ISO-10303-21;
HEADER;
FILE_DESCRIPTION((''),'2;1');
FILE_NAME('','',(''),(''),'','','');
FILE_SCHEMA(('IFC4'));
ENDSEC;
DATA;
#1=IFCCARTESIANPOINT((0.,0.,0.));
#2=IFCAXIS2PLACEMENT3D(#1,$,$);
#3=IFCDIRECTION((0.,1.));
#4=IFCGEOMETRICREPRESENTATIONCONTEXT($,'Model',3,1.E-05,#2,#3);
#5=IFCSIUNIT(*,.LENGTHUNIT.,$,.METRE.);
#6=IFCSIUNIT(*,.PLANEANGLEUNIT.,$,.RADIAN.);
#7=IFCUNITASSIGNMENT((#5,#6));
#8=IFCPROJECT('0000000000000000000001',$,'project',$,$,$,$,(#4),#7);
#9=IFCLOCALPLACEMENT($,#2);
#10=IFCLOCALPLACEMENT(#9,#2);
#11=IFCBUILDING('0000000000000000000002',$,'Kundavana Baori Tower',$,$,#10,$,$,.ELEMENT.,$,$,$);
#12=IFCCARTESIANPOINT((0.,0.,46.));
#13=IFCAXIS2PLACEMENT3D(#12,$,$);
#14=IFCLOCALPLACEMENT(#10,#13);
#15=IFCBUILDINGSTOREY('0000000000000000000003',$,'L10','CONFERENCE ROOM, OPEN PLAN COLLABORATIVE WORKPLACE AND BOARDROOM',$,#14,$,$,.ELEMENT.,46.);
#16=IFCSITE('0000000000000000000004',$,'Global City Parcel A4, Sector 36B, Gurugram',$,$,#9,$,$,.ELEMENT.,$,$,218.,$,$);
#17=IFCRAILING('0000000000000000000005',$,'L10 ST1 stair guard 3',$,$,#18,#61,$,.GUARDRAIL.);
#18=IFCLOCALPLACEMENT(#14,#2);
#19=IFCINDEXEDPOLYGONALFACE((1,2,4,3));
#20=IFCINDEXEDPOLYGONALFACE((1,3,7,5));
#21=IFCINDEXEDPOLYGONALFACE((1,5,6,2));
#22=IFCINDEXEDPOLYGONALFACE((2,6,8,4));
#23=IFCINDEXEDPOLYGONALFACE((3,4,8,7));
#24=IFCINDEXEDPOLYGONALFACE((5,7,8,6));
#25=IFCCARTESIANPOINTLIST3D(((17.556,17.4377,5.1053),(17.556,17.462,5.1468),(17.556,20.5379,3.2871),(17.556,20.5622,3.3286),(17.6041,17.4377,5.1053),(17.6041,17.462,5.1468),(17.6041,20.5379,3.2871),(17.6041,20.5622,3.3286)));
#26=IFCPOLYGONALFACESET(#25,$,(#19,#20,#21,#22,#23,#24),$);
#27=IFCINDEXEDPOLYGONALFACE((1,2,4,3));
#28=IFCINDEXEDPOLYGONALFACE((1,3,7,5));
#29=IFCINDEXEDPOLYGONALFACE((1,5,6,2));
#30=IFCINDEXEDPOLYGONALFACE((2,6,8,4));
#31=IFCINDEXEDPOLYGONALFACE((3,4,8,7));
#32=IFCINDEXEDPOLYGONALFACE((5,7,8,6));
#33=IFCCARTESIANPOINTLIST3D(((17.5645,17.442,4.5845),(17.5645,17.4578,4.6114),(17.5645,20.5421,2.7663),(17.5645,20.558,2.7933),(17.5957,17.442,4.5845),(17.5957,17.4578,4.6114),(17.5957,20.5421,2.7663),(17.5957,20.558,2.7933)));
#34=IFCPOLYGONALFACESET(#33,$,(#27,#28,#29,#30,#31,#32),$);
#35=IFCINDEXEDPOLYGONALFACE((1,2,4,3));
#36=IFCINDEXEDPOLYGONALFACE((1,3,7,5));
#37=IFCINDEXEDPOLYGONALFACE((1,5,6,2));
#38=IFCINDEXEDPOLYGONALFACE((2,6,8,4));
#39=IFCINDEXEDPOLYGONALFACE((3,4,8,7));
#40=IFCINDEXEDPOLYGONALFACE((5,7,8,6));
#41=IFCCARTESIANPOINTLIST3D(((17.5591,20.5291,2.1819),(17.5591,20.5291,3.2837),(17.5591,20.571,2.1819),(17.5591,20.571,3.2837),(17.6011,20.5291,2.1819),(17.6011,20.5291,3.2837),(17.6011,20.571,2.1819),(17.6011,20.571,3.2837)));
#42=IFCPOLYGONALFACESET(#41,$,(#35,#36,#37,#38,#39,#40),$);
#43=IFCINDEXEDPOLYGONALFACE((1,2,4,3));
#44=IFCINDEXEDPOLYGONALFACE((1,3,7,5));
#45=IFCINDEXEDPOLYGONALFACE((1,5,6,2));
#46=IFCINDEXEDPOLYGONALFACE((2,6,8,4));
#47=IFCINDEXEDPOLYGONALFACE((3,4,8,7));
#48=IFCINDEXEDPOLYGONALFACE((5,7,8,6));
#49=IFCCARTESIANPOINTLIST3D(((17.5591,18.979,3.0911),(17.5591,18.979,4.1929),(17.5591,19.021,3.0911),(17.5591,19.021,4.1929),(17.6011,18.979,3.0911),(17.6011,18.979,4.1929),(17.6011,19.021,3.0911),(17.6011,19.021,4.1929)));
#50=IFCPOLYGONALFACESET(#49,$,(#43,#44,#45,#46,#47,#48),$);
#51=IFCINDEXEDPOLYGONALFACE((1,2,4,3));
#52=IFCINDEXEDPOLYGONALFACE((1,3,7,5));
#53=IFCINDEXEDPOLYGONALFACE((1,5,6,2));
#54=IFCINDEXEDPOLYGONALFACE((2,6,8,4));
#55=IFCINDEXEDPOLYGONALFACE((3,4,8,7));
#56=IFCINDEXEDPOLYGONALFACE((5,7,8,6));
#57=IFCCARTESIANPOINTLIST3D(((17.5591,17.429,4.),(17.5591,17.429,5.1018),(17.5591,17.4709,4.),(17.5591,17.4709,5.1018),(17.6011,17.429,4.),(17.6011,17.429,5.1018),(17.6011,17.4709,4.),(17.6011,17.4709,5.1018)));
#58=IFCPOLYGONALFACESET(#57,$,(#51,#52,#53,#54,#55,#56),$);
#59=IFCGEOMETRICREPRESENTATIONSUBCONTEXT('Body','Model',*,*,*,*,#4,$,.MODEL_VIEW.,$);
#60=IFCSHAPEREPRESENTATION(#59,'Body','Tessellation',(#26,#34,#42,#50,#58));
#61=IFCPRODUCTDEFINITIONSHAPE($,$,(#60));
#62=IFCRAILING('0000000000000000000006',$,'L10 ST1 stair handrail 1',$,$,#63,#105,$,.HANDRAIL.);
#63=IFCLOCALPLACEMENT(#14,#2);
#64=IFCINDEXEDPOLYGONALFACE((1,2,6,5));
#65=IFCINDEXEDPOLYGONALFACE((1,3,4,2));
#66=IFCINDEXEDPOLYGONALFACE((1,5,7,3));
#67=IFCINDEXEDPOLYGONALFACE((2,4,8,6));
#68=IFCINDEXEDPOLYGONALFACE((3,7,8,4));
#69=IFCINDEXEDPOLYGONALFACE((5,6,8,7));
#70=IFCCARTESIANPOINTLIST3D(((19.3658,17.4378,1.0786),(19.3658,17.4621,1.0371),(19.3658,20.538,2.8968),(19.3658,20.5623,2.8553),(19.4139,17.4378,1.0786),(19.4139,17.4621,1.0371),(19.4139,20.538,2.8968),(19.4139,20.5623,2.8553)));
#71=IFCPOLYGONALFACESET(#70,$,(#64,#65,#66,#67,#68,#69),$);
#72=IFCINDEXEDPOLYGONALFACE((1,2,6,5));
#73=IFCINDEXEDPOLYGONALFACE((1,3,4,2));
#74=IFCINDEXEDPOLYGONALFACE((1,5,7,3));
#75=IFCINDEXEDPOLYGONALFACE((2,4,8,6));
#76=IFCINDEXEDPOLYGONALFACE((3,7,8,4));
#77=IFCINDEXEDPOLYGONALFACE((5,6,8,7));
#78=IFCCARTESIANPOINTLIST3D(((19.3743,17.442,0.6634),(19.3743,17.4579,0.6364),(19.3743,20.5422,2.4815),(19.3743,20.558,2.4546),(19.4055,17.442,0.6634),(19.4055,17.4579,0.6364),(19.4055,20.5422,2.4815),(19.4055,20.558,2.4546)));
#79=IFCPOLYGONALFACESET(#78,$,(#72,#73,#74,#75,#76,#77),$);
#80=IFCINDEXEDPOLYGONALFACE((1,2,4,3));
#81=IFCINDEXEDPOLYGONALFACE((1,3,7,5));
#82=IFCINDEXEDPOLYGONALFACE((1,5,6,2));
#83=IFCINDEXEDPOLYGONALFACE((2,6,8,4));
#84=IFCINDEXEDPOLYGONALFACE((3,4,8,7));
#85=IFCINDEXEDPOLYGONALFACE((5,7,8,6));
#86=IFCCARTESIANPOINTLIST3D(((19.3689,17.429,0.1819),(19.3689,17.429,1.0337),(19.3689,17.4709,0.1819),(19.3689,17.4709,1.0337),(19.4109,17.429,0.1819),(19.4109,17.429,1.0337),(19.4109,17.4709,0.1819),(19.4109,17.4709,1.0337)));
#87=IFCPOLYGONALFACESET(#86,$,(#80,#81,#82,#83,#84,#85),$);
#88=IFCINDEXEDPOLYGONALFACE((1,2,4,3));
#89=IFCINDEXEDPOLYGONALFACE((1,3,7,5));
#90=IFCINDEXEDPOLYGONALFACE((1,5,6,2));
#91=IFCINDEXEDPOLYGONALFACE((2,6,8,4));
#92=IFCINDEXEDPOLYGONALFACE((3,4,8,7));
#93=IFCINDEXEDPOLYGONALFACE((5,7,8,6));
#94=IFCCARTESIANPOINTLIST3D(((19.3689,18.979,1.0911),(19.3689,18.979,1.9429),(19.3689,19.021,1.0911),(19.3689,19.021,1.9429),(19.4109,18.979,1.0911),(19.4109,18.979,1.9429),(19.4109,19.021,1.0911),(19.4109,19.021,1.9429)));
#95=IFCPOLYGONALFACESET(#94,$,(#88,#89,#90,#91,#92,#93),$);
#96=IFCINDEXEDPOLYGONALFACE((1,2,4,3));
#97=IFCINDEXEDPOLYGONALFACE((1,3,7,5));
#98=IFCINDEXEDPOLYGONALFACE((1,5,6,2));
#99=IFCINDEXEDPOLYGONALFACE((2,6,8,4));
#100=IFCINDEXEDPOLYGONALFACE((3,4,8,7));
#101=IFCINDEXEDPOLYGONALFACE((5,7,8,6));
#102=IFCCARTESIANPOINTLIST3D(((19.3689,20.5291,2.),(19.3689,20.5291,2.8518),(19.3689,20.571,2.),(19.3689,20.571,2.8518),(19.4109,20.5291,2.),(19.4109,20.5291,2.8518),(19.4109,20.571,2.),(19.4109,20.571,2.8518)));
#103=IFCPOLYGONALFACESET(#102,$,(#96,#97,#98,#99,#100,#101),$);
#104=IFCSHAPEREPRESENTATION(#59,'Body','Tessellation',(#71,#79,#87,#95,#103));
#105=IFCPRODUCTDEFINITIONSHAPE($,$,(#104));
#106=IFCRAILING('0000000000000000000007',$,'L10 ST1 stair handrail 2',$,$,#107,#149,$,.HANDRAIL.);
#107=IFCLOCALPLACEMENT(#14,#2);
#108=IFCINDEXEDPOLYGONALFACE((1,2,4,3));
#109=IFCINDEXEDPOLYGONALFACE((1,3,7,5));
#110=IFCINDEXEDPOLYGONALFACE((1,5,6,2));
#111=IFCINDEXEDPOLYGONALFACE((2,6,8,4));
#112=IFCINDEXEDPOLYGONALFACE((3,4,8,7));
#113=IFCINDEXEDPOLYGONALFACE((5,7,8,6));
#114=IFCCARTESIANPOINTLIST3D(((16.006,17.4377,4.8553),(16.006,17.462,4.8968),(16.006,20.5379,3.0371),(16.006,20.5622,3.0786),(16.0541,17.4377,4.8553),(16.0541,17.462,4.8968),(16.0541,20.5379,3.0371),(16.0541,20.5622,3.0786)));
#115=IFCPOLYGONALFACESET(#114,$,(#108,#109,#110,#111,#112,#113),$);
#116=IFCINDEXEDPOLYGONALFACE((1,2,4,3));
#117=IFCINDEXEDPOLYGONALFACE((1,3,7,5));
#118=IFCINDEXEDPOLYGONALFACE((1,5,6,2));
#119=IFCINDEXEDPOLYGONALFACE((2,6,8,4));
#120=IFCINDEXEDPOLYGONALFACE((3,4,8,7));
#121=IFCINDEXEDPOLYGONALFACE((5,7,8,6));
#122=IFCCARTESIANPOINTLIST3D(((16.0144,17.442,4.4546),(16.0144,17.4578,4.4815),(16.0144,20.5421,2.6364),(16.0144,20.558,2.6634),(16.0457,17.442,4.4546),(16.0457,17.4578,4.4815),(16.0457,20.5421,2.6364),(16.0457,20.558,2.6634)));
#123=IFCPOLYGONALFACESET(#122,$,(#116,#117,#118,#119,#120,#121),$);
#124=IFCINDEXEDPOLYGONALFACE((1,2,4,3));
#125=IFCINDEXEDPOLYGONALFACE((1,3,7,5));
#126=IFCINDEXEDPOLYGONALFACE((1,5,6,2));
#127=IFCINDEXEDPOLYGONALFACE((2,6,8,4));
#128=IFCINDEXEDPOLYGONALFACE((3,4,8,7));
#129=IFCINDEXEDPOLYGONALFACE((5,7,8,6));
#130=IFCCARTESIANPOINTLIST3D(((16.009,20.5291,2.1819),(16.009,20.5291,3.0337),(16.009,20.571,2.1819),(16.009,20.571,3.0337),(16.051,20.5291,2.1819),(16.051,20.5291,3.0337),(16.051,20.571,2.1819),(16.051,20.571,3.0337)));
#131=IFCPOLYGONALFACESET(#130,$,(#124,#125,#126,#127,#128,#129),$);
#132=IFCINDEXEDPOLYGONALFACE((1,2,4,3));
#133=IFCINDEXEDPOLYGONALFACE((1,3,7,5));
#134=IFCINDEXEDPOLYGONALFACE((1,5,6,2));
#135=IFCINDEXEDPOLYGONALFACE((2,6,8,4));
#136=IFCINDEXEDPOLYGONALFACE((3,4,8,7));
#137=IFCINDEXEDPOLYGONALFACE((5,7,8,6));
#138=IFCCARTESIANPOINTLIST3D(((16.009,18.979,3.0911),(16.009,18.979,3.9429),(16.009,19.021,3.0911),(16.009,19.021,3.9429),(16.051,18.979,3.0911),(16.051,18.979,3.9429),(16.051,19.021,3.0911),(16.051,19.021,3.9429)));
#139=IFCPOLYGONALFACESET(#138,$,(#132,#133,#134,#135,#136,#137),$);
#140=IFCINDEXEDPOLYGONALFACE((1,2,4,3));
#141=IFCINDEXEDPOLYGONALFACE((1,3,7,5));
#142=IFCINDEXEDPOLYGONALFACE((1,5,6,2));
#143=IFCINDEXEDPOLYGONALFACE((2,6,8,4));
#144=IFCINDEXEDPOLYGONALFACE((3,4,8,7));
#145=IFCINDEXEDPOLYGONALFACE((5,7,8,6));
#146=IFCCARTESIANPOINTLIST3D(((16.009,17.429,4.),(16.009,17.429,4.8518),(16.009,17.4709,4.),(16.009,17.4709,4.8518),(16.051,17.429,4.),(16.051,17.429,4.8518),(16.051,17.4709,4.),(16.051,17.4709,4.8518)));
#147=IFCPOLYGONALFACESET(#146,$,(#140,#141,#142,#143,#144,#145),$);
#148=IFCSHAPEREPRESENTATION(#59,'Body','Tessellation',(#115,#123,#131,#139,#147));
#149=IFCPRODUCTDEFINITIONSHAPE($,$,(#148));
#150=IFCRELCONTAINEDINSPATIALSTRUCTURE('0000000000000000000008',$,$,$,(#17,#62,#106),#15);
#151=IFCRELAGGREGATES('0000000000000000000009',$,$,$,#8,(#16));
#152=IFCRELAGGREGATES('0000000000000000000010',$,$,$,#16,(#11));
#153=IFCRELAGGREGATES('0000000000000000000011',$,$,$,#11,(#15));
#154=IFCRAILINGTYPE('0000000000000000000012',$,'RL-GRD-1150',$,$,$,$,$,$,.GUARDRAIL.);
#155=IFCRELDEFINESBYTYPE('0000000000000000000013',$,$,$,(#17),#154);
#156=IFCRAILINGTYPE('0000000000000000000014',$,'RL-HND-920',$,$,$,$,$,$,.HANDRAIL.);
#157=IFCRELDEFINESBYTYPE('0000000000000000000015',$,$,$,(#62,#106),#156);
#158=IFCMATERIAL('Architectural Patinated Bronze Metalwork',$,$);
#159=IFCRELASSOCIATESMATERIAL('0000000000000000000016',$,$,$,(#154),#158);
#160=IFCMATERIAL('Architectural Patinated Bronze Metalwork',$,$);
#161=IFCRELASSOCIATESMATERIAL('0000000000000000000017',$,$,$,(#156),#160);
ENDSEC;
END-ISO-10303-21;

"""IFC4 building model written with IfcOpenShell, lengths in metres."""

from ifc_helpers import new_model, si_unit, direction, frame, origin, origin_2d, place, context, subcontext, project, spatial, rectangle, extrude, material, type_object, element, save


model = new_model("IFC4")

# Units and contexts
model_context = context("Model", 3, precision=1e-05, world=origin(), true_north=direction((0.0, 1.0)))
body_context = subcontext(model_context, "Body", "Model", "MODEL_VIEW")
ifc_project = project(units=[si_unit("LENGTHUNIT", "METRE"), si_unit("PLANEANGLEUNIT", "RADIAN")], contexts=[model_context])

# Site, building, storey
site_placement = place(None, origin())
site = spatial("IfcSite", under=ifc_project, at=site_placement, Name="Global City Parcel A4, Sector 36B, Gurugram", CompositionType="ELEMENT", RefElevation=218.0)
building_placement = place(site_placement, origin())
building = spatial("IfcBuilding", under=site, at=building_placement, Name="Kundavana Baori Tower", CompositionType="ELEMENT")
storey_placement = place(building_placement, frame((0.0, 0.0, 46.0)))
storey = spatial("IfcBuildingStorey", under=building, at=storey_placement, Name="L10", Description="CONFERENCE ROOM, OPEN PLAN COLLABORATIVE WORKPLACE AND BOARDROOM", CompositionType="ELEMENT", Elevation=46.0)

# Railings
ifc_material_1 = material(Name="Architectural Patinated Bronze Metalwork")
railing_type_1 = type_object("IfcRailingType", Name="RL-GRD-1150", PredefinedType="GUARDRAIL", material=ifc_material_1)
railing_1_placement = place(storey_placement, frame((17.5801, 20.55, 2.1819)))
element("IfcRailing", 1, at=railing_1_placement, inside=storey, type_object=railing_type_1, Name="L10 ST1 stair guard 3", PredefinedType="GUARDRAIL", context=body_context, shape_type="SweptSolid", body=[
    extrude(rectangle(XDim=0.0481, YDim=0.0481, at=origin_2d()), frame((0.0, 0.0, 1.126), z_axis=(0.0, -0.862599, 0.505889), x_axis=(1.0, 0.0, 0.0)), (0.0, 0.0, 1.0), 3.594),
    extrude(rectangle(XDim=0.0312, YDim=0.0312, at=origin_2d()), frame((0.0, 0.0, 0.5979), z_axis=(0.0, -0.862599, 0.505889), x_axis=(1.0, 0.0, 0.0)), (0.0, 0.0, 1.0), 3.594),
    extrude(rectangle(XDim=0.042, YDim=0.042, at=origin_2d()), origin(), (0.0, 0.0, 1.0), 1.1018),
    extrude(rectangle(XDim=0.042, YDim=0.042, at=origin_2d()), frame((0.0, -1.55, 0.9092)), (0.0, 0.0, 1.0), 1.1018),
    extrude(rectangle(XDim=0.042, YDim=0.042, at=origin_2d()), frame((0.0, -3.1001, 1.8181)), (0.0, 0.0, 1.0), 1.1018),
])
ifc_material_2 = material(Name="Architectural Patinated Bronze Metalwork")
railing_type_2 = type_object("IfcRailingType", Name="RL-HND-920", PredefinedType="HANDRAIL", material=ifc_material_2)
railing_2_placement = place(storey_placement, frame((19.3899, 17.45, 0.1819)))
element("IfcRailing", 2, at=railing_2_placement, inside=storey, type_object=railing_type_2, Name="L10 ST1 stair handrail 1", PredefinedType="HANDRAIL", context=body_context, shape_type="SweptSolid", body=[
    extrude(rectangle(XDim=0.0481, YDim=0.0481, at=origin_2d()), frame((0.0, 0.0, 0.876), z_axis=(0.0, 0.862599, 0.505889), x_axis=(-1.0, 0.0, 0.0)), (0.0, 0.0, 1.0), 3.594),
    extrude(rectangle(XDim=0.0312, YDim=0.0312, at=origin_2d()), frame((0.0, 0.0, 0.468), z_axis=(0.0, 0.862599, 0.505889), x_axis=(-1.0, 0.0, 0.0)), (0.0, 0.0, 1.0), 3.594),
    extrude(rectangle(XDim=0.042, YDim=0.042, at=origin_2d()), origin(), (0.0, 0.0, 1.0), 0.8518),
    extrude(rectangle(XDim=0.042, YDim=0.042, at=origin_2d()), frame((0.0, 1.55, 0.9092)), (0.0, 0.0, 1.0), 0.8518),
    extrude(rectangle(XDim=0.042, YDim=0.042, at=origin_2d()), frame((0.0, 3.1001, 1.8181)), (0.0, 0.0, 1.0), 0.8518),
])
railing_3_placement = place(storey_placement, frame((16.03, 20.55, 2.1819)))
element("IfcRailing", 3, at=railing_3_placement, inside=storey, type_object=railing_type_2, Name="L10 ST1 stair handrail 2", PredefinedType="HANDRAIL", context=body_context, shape_type="SweptSolid", body=[
    extrude(rectangle(XDim=0.0481, YDim=0.0481, at=origin_2d()), frame((0.0, 0.0, 0.876), z_axis=(0.0, -0.862599, 0.505889), x_axis=(1.0, 0.0, 0.0)), (0.0, 0.0, 1.0), 3.594),
    extrude(rectangle(XDim=0.0312, YDim=0.0312, at=origin_2d()), frame((0.0, 0.0, 0.468), z_axis=(0.0, -0.862599, 0.505889), x_axis=(1.0, 0.0, 0.0)), (0.0, 0.0, 1.0), 3.594),
    extrude(rectangle(XDim=0.042, YDim=0.042, at=origin_2d()), origin(), (0.0, 0.0, 1.0), 0.8518),
    extrude(rectangle(XDim=0.042, YDim=0.042, at=origin_2d()), frame((0.0, -1.55, 0.9092)), (0.0, 0.0, 1.0), 0.8518),
    extrude(rectangle(XDim=0.042, YDim=0.042, at=origin_2d()), frame((0.0, -3.1001, 1.8181)), (0.0, 0.0, 1.0), 0.8518),
])

save(model, "model.ifc")
